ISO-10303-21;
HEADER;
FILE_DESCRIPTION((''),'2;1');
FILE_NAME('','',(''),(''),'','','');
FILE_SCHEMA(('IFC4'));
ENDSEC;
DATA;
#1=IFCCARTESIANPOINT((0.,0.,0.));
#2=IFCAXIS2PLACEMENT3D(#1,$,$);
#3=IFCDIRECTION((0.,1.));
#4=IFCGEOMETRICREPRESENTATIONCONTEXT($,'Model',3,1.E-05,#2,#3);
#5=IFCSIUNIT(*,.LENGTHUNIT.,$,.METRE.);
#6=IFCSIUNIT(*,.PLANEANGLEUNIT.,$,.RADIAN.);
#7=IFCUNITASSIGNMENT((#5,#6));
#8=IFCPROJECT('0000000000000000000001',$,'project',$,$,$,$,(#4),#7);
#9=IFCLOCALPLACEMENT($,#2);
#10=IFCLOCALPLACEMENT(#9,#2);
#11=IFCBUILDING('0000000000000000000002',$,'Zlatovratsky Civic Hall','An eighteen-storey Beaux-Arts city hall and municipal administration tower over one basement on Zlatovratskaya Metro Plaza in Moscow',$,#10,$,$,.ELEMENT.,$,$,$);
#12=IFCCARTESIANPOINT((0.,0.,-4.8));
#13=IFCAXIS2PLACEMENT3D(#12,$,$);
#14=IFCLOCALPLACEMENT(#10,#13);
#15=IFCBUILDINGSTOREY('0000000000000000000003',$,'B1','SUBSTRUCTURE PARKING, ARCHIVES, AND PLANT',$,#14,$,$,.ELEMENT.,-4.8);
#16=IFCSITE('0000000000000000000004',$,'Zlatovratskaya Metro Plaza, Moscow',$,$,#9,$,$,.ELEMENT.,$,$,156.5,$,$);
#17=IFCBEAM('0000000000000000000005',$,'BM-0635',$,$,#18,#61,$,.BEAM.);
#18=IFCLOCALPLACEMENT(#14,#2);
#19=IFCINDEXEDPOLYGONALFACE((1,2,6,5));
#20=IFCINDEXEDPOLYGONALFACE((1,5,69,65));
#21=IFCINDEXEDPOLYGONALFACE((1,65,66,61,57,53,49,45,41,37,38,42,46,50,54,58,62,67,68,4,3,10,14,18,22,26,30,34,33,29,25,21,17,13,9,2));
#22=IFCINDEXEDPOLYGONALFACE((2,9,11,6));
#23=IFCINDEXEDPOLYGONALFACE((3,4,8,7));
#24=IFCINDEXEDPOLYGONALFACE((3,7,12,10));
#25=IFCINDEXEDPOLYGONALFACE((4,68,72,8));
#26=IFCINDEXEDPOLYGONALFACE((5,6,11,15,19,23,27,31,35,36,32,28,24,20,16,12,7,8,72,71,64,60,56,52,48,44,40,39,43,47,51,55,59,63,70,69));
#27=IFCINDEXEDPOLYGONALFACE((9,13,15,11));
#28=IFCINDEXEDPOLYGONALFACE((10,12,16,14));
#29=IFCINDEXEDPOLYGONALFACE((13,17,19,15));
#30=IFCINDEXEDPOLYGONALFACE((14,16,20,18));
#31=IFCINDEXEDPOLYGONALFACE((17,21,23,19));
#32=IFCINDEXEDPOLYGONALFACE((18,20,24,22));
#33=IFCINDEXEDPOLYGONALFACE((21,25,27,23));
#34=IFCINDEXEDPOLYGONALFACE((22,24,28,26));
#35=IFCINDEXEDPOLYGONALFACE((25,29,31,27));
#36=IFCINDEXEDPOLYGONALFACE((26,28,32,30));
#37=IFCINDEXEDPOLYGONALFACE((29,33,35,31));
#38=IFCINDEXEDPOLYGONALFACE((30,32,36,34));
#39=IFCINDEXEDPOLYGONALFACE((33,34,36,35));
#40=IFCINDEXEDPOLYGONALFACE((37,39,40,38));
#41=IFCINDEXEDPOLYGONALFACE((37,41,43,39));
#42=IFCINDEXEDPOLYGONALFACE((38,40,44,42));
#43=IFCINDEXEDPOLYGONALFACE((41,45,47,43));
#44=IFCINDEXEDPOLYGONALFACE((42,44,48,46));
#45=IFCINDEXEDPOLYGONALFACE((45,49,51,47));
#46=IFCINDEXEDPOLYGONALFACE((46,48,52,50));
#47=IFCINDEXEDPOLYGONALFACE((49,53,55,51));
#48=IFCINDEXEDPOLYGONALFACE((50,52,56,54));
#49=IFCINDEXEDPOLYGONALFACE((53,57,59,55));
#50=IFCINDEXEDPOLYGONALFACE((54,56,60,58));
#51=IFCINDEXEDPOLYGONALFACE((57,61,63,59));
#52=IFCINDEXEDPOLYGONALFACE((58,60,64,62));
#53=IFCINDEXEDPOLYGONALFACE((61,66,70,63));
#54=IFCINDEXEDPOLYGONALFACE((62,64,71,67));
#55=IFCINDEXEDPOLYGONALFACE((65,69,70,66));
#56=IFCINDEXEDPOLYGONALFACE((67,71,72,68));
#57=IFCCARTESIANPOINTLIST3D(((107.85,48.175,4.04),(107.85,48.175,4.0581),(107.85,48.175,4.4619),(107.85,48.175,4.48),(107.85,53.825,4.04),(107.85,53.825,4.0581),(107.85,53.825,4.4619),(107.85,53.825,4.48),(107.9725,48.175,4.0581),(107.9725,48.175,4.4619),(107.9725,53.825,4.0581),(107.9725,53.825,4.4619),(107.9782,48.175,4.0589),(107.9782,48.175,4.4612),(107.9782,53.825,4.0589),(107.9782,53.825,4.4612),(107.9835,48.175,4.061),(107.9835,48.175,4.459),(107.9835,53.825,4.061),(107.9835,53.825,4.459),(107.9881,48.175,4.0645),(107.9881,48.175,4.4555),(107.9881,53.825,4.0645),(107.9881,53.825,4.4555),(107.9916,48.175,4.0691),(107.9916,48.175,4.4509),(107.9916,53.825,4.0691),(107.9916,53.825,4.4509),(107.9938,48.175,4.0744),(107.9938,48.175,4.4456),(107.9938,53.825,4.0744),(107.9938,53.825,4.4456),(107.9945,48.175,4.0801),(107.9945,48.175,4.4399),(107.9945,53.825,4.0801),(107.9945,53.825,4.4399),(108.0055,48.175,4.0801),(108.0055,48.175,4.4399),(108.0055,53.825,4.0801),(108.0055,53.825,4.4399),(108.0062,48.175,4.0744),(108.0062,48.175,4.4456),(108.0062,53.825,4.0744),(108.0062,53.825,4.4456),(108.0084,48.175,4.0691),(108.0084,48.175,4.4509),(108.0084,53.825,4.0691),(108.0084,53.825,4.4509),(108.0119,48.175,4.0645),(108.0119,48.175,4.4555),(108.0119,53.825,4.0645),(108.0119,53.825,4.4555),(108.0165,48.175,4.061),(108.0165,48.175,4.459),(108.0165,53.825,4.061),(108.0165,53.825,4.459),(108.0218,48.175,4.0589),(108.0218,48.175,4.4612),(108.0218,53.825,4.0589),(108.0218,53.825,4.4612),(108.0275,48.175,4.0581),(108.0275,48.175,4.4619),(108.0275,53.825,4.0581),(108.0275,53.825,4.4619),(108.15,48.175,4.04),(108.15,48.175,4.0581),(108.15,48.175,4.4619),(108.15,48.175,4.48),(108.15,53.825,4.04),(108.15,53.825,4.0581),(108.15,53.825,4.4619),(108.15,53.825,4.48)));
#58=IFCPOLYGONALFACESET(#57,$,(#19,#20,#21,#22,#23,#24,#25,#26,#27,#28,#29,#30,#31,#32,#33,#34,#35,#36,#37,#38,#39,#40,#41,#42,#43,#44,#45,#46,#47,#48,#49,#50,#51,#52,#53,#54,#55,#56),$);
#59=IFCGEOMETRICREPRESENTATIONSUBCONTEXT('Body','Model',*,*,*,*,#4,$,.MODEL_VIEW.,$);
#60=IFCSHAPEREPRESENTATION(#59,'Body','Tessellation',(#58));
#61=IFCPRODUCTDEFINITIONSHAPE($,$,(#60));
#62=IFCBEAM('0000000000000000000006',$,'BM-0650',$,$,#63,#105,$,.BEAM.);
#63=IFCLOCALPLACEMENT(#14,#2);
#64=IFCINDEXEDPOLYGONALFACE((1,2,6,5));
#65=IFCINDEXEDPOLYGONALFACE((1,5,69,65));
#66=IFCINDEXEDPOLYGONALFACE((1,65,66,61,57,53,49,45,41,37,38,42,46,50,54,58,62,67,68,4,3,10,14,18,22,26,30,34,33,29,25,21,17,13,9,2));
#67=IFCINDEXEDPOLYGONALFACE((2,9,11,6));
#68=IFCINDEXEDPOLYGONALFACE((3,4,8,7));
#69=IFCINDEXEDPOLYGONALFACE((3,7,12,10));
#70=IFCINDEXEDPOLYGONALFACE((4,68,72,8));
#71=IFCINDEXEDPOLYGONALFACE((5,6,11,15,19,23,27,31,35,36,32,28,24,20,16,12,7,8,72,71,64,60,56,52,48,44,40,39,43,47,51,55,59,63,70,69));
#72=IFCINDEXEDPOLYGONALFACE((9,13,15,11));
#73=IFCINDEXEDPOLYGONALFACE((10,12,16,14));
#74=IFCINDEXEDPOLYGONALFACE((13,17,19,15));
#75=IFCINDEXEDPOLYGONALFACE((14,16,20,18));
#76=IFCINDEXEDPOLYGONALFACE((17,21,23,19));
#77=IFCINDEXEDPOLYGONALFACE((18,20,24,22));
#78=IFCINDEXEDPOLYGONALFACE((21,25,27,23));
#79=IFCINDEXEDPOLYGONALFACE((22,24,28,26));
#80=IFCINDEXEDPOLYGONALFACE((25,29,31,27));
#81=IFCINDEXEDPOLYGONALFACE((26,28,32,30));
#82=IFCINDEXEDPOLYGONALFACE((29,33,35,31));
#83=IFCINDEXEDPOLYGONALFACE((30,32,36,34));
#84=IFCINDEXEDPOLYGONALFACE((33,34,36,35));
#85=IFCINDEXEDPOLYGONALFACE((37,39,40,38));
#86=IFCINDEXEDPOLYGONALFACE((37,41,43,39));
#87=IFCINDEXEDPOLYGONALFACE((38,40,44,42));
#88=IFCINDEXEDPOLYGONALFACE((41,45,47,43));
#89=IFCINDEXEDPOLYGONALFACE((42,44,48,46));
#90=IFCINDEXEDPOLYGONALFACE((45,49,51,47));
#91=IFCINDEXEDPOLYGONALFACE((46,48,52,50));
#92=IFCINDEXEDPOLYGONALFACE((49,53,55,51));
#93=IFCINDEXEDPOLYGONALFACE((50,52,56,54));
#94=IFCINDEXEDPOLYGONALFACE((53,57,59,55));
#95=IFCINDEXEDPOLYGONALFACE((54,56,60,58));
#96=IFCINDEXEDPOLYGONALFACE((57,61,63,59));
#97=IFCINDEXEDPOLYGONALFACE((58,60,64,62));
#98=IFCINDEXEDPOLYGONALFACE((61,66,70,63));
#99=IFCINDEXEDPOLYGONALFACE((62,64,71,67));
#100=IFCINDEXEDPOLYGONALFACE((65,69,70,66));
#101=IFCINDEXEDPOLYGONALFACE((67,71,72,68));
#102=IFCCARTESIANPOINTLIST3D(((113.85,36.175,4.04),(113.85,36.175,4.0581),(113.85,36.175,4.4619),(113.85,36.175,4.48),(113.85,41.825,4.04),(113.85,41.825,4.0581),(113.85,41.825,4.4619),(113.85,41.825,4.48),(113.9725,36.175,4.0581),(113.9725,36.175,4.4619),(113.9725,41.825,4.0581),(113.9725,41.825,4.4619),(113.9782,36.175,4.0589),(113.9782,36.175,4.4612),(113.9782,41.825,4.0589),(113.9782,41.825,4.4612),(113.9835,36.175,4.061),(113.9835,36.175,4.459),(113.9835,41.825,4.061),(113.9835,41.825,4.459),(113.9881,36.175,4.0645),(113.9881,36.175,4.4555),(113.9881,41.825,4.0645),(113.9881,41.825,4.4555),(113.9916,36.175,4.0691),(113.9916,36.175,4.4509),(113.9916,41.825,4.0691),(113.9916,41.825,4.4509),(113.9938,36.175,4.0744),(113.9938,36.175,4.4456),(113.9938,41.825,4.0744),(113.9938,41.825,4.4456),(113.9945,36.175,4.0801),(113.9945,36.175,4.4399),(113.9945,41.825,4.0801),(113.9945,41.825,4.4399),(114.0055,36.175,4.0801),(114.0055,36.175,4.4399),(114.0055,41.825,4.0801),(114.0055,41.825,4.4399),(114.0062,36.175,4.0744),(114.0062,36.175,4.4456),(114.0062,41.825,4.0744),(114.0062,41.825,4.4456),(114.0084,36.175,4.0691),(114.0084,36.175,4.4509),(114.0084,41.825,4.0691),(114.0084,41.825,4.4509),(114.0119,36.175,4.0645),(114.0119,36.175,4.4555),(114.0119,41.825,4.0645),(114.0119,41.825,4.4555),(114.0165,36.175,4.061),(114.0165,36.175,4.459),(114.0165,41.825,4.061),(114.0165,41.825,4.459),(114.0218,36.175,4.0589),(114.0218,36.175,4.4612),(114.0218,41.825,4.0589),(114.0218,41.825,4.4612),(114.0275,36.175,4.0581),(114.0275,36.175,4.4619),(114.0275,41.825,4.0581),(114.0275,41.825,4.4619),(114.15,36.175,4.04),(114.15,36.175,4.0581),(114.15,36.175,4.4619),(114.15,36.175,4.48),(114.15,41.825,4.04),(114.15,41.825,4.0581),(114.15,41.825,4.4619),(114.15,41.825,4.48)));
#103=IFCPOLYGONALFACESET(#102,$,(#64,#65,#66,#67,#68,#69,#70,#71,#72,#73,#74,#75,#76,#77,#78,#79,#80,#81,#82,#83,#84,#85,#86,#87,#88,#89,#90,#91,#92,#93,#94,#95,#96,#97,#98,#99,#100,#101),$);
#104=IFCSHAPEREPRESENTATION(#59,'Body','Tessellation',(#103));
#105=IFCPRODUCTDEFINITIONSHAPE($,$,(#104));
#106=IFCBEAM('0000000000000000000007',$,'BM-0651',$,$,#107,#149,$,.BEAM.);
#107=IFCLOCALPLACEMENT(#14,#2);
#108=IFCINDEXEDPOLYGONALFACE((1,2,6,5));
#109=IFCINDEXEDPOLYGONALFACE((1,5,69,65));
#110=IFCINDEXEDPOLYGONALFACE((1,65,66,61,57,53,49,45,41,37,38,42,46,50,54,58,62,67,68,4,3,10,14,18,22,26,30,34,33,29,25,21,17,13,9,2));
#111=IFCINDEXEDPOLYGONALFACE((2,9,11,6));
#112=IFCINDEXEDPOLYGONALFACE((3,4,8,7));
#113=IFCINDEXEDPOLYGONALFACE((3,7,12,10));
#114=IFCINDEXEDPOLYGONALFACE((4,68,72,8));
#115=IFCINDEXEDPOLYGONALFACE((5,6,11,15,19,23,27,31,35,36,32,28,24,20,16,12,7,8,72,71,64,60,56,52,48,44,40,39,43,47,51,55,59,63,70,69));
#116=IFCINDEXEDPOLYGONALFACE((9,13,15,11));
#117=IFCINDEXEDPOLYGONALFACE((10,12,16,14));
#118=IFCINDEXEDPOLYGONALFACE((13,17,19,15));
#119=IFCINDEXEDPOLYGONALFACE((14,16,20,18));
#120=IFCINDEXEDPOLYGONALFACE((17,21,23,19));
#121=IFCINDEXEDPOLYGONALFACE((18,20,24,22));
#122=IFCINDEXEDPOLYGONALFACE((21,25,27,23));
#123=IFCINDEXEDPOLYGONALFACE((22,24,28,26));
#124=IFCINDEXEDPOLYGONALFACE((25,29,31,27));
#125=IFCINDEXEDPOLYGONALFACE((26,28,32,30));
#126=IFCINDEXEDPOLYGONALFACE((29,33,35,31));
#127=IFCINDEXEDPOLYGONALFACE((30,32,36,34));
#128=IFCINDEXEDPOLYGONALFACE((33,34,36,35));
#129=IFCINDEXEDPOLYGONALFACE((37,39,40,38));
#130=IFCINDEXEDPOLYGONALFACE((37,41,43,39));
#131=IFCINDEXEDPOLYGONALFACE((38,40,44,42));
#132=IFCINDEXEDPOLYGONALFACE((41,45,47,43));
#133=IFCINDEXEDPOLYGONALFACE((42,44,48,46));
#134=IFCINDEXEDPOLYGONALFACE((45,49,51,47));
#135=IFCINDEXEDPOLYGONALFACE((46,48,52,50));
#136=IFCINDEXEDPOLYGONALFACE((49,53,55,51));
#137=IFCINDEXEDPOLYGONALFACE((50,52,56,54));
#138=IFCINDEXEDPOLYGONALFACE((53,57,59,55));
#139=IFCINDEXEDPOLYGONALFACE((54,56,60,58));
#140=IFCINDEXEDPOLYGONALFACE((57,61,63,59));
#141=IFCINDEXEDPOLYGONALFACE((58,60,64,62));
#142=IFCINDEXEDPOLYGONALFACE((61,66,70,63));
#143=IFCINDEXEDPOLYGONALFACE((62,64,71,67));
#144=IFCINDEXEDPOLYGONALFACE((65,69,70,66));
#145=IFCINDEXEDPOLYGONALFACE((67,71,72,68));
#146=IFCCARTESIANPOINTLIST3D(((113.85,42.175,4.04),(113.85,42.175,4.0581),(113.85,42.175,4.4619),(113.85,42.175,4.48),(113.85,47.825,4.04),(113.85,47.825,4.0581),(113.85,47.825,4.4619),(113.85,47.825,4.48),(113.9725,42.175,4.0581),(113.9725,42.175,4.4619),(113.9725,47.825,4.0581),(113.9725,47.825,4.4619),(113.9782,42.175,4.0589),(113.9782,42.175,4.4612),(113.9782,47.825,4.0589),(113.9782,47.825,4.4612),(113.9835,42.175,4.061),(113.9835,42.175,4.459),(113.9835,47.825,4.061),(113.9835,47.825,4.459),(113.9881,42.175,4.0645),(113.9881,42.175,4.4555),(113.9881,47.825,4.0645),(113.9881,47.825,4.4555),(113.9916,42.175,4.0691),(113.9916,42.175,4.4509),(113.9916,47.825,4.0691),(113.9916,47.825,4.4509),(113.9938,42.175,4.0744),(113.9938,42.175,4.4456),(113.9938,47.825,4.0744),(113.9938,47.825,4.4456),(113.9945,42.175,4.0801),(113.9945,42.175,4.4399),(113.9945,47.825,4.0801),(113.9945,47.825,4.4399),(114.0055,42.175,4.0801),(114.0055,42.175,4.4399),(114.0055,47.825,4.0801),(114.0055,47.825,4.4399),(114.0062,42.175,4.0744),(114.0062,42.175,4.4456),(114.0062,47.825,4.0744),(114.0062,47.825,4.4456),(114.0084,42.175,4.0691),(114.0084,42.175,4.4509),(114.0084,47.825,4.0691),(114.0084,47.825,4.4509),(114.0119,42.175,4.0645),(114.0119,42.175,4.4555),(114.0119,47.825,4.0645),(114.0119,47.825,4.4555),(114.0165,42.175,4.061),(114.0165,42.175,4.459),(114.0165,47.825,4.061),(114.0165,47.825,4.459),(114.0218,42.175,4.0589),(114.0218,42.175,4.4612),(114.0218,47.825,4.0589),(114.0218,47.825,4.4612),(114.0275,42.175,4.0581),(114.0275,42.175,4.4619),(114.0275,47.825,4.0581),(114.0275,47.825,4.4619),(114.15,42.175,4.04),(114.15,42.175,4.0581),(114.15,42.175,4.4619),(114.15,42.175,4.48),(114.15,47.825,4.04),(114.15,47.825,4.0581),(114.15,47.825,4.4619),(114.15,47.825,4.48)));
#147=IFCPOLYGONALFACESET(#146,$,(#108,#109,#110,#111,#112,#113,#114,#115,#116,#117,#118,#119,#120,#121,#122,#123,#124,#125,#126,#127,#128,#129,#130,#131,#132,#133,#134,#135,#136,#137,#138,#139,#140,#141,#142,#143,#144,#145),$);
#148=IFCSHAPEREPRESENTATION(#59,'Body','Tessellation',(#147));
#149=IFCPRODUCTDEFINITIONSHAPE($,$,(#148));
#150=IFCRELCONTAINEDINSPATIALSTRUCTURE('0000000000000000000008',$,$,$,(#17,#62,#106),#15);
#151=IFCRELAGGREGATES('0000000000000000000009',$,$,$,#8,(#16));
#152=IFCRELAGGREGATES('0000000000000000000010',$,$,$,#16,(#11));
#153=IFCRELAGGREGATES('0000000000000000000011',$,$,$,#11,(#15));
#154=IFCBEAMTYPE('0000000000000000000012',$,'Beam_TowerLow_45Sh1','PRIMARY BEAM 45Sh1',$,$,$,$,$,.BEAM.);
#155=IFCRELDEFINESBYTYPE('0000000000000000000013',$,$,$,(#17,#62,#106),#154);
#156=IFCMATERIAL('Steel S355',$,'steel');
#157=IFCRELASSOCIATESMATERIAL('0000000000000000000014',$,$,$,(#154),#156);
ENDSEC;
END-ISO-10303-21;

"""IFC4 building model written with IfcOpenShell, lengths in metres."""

from ifc_helpers import new_model, si_unit, direction, frame, origin, origin_2d, place, context, subcontext, project, spatial, i_section, extrude, material, material_profile, profile_set, type_object, element, save


model = new_model("IFC4")

# Units and contexts
model_context = context("Model", 3, precision=1e-05, world=origin(), true_north=direction((0.0, 1.0)))
body_context = subcontext(model_context, "Body", "Model", "MODEL_VIEW")
ifc_project = project(units=[si_unit("LENGTHUNIT", "METRE"), si_unit("PLANEANGLEUNIT", "RADIAN")], contexts=[model_context])

# Site, building, storey
site_placement = place(None, origin())
site = spatial("IfcSite", under=ifc_project, at=site_placement, Name="Zlatovratskaya Metro Plaza, Moscow", CompositionType="ELEMENT", RefElevation=156.5)
building_placement = place(site_placement, origin())
building = spatial("IfcBuilding", under=site, at=building_placement, Name="Zlatovratsky Civic Hall", Description="An eighteen-storey Beaux-Arts city hall and municipal administration tower over one basement on Zlatovratskaya Metro Plaza in Moscow", CompositionType="ELEMENT")
storey_placement = place(building_placement, frame((0.0, 0.0, -4.8)))
storey = spatial("IfcBuildingStorey", under=building, at=storey_placement, Name="B1", Description="SUBSTRUCTURE PARKING, ARCHIVES, AND PLANT", CompositionType="ELEMENT", Elevation=-4.8)

# Shared definitions
ifc_material_1 = material(Name="Steel S355", Category="steel")

# Beams
ifc_material_profile_1 = material_profile(ifc_material_1, i_section(OverallWidth=0.3, OverallDepth=0.4399, WebThickness=0.011, FlangeThickness=0.0181, FilletRadius=0.022, at=origin_2d()), Name="45Sh1")
ifc_profile_set_1 = profile_set([ifc_material_profile_1], Name="Steel S355")
beam_type = type_object("IfcBeamType", Name="Beam_TowerLow_45Sh1", Description="PRIMARY BEAM 45Sh1", PredefinedType="BEAM", material=ifc_profile_set_1)
for number, where, z_axis, x_axis, name in (
    (1, (108.0, 48.175, 4.26), (0.0, 1.0, 0.0), (-1.0, 0.0, 0.0), "BM-0635"),
    (2, (114.0, 36.175, 4.26), (0.0, 1.0, 0.0), (-1.0, 0.0, 0.0), "BM-0650"),
    (3, (114.0, 42.175, 4.26), (0.0, 1.0, 0.0), (-1.0, 0.0, 0.0), "BM-0651"),
):
    element("IfcBeam", number, at=place(storey_placement, frame(where, z_axis=z_axis, x_axis=x_axis)), inside=storey, type_object=beam_type, Name=name, PredefinedType="BEAM", context=body_context, shape_type="SweptSolid", body=[
        extrude(i_section(OverallWidth=0.3, OverallDepth=0.4399, WebThickness=0.011, FlangeThickness=0.0181, FilletRadius=0.022, at=origin_2d()), origin(), (0.0, 0.0, 1.0), 5.6499),
    ])

save(model, "model.ifc")
